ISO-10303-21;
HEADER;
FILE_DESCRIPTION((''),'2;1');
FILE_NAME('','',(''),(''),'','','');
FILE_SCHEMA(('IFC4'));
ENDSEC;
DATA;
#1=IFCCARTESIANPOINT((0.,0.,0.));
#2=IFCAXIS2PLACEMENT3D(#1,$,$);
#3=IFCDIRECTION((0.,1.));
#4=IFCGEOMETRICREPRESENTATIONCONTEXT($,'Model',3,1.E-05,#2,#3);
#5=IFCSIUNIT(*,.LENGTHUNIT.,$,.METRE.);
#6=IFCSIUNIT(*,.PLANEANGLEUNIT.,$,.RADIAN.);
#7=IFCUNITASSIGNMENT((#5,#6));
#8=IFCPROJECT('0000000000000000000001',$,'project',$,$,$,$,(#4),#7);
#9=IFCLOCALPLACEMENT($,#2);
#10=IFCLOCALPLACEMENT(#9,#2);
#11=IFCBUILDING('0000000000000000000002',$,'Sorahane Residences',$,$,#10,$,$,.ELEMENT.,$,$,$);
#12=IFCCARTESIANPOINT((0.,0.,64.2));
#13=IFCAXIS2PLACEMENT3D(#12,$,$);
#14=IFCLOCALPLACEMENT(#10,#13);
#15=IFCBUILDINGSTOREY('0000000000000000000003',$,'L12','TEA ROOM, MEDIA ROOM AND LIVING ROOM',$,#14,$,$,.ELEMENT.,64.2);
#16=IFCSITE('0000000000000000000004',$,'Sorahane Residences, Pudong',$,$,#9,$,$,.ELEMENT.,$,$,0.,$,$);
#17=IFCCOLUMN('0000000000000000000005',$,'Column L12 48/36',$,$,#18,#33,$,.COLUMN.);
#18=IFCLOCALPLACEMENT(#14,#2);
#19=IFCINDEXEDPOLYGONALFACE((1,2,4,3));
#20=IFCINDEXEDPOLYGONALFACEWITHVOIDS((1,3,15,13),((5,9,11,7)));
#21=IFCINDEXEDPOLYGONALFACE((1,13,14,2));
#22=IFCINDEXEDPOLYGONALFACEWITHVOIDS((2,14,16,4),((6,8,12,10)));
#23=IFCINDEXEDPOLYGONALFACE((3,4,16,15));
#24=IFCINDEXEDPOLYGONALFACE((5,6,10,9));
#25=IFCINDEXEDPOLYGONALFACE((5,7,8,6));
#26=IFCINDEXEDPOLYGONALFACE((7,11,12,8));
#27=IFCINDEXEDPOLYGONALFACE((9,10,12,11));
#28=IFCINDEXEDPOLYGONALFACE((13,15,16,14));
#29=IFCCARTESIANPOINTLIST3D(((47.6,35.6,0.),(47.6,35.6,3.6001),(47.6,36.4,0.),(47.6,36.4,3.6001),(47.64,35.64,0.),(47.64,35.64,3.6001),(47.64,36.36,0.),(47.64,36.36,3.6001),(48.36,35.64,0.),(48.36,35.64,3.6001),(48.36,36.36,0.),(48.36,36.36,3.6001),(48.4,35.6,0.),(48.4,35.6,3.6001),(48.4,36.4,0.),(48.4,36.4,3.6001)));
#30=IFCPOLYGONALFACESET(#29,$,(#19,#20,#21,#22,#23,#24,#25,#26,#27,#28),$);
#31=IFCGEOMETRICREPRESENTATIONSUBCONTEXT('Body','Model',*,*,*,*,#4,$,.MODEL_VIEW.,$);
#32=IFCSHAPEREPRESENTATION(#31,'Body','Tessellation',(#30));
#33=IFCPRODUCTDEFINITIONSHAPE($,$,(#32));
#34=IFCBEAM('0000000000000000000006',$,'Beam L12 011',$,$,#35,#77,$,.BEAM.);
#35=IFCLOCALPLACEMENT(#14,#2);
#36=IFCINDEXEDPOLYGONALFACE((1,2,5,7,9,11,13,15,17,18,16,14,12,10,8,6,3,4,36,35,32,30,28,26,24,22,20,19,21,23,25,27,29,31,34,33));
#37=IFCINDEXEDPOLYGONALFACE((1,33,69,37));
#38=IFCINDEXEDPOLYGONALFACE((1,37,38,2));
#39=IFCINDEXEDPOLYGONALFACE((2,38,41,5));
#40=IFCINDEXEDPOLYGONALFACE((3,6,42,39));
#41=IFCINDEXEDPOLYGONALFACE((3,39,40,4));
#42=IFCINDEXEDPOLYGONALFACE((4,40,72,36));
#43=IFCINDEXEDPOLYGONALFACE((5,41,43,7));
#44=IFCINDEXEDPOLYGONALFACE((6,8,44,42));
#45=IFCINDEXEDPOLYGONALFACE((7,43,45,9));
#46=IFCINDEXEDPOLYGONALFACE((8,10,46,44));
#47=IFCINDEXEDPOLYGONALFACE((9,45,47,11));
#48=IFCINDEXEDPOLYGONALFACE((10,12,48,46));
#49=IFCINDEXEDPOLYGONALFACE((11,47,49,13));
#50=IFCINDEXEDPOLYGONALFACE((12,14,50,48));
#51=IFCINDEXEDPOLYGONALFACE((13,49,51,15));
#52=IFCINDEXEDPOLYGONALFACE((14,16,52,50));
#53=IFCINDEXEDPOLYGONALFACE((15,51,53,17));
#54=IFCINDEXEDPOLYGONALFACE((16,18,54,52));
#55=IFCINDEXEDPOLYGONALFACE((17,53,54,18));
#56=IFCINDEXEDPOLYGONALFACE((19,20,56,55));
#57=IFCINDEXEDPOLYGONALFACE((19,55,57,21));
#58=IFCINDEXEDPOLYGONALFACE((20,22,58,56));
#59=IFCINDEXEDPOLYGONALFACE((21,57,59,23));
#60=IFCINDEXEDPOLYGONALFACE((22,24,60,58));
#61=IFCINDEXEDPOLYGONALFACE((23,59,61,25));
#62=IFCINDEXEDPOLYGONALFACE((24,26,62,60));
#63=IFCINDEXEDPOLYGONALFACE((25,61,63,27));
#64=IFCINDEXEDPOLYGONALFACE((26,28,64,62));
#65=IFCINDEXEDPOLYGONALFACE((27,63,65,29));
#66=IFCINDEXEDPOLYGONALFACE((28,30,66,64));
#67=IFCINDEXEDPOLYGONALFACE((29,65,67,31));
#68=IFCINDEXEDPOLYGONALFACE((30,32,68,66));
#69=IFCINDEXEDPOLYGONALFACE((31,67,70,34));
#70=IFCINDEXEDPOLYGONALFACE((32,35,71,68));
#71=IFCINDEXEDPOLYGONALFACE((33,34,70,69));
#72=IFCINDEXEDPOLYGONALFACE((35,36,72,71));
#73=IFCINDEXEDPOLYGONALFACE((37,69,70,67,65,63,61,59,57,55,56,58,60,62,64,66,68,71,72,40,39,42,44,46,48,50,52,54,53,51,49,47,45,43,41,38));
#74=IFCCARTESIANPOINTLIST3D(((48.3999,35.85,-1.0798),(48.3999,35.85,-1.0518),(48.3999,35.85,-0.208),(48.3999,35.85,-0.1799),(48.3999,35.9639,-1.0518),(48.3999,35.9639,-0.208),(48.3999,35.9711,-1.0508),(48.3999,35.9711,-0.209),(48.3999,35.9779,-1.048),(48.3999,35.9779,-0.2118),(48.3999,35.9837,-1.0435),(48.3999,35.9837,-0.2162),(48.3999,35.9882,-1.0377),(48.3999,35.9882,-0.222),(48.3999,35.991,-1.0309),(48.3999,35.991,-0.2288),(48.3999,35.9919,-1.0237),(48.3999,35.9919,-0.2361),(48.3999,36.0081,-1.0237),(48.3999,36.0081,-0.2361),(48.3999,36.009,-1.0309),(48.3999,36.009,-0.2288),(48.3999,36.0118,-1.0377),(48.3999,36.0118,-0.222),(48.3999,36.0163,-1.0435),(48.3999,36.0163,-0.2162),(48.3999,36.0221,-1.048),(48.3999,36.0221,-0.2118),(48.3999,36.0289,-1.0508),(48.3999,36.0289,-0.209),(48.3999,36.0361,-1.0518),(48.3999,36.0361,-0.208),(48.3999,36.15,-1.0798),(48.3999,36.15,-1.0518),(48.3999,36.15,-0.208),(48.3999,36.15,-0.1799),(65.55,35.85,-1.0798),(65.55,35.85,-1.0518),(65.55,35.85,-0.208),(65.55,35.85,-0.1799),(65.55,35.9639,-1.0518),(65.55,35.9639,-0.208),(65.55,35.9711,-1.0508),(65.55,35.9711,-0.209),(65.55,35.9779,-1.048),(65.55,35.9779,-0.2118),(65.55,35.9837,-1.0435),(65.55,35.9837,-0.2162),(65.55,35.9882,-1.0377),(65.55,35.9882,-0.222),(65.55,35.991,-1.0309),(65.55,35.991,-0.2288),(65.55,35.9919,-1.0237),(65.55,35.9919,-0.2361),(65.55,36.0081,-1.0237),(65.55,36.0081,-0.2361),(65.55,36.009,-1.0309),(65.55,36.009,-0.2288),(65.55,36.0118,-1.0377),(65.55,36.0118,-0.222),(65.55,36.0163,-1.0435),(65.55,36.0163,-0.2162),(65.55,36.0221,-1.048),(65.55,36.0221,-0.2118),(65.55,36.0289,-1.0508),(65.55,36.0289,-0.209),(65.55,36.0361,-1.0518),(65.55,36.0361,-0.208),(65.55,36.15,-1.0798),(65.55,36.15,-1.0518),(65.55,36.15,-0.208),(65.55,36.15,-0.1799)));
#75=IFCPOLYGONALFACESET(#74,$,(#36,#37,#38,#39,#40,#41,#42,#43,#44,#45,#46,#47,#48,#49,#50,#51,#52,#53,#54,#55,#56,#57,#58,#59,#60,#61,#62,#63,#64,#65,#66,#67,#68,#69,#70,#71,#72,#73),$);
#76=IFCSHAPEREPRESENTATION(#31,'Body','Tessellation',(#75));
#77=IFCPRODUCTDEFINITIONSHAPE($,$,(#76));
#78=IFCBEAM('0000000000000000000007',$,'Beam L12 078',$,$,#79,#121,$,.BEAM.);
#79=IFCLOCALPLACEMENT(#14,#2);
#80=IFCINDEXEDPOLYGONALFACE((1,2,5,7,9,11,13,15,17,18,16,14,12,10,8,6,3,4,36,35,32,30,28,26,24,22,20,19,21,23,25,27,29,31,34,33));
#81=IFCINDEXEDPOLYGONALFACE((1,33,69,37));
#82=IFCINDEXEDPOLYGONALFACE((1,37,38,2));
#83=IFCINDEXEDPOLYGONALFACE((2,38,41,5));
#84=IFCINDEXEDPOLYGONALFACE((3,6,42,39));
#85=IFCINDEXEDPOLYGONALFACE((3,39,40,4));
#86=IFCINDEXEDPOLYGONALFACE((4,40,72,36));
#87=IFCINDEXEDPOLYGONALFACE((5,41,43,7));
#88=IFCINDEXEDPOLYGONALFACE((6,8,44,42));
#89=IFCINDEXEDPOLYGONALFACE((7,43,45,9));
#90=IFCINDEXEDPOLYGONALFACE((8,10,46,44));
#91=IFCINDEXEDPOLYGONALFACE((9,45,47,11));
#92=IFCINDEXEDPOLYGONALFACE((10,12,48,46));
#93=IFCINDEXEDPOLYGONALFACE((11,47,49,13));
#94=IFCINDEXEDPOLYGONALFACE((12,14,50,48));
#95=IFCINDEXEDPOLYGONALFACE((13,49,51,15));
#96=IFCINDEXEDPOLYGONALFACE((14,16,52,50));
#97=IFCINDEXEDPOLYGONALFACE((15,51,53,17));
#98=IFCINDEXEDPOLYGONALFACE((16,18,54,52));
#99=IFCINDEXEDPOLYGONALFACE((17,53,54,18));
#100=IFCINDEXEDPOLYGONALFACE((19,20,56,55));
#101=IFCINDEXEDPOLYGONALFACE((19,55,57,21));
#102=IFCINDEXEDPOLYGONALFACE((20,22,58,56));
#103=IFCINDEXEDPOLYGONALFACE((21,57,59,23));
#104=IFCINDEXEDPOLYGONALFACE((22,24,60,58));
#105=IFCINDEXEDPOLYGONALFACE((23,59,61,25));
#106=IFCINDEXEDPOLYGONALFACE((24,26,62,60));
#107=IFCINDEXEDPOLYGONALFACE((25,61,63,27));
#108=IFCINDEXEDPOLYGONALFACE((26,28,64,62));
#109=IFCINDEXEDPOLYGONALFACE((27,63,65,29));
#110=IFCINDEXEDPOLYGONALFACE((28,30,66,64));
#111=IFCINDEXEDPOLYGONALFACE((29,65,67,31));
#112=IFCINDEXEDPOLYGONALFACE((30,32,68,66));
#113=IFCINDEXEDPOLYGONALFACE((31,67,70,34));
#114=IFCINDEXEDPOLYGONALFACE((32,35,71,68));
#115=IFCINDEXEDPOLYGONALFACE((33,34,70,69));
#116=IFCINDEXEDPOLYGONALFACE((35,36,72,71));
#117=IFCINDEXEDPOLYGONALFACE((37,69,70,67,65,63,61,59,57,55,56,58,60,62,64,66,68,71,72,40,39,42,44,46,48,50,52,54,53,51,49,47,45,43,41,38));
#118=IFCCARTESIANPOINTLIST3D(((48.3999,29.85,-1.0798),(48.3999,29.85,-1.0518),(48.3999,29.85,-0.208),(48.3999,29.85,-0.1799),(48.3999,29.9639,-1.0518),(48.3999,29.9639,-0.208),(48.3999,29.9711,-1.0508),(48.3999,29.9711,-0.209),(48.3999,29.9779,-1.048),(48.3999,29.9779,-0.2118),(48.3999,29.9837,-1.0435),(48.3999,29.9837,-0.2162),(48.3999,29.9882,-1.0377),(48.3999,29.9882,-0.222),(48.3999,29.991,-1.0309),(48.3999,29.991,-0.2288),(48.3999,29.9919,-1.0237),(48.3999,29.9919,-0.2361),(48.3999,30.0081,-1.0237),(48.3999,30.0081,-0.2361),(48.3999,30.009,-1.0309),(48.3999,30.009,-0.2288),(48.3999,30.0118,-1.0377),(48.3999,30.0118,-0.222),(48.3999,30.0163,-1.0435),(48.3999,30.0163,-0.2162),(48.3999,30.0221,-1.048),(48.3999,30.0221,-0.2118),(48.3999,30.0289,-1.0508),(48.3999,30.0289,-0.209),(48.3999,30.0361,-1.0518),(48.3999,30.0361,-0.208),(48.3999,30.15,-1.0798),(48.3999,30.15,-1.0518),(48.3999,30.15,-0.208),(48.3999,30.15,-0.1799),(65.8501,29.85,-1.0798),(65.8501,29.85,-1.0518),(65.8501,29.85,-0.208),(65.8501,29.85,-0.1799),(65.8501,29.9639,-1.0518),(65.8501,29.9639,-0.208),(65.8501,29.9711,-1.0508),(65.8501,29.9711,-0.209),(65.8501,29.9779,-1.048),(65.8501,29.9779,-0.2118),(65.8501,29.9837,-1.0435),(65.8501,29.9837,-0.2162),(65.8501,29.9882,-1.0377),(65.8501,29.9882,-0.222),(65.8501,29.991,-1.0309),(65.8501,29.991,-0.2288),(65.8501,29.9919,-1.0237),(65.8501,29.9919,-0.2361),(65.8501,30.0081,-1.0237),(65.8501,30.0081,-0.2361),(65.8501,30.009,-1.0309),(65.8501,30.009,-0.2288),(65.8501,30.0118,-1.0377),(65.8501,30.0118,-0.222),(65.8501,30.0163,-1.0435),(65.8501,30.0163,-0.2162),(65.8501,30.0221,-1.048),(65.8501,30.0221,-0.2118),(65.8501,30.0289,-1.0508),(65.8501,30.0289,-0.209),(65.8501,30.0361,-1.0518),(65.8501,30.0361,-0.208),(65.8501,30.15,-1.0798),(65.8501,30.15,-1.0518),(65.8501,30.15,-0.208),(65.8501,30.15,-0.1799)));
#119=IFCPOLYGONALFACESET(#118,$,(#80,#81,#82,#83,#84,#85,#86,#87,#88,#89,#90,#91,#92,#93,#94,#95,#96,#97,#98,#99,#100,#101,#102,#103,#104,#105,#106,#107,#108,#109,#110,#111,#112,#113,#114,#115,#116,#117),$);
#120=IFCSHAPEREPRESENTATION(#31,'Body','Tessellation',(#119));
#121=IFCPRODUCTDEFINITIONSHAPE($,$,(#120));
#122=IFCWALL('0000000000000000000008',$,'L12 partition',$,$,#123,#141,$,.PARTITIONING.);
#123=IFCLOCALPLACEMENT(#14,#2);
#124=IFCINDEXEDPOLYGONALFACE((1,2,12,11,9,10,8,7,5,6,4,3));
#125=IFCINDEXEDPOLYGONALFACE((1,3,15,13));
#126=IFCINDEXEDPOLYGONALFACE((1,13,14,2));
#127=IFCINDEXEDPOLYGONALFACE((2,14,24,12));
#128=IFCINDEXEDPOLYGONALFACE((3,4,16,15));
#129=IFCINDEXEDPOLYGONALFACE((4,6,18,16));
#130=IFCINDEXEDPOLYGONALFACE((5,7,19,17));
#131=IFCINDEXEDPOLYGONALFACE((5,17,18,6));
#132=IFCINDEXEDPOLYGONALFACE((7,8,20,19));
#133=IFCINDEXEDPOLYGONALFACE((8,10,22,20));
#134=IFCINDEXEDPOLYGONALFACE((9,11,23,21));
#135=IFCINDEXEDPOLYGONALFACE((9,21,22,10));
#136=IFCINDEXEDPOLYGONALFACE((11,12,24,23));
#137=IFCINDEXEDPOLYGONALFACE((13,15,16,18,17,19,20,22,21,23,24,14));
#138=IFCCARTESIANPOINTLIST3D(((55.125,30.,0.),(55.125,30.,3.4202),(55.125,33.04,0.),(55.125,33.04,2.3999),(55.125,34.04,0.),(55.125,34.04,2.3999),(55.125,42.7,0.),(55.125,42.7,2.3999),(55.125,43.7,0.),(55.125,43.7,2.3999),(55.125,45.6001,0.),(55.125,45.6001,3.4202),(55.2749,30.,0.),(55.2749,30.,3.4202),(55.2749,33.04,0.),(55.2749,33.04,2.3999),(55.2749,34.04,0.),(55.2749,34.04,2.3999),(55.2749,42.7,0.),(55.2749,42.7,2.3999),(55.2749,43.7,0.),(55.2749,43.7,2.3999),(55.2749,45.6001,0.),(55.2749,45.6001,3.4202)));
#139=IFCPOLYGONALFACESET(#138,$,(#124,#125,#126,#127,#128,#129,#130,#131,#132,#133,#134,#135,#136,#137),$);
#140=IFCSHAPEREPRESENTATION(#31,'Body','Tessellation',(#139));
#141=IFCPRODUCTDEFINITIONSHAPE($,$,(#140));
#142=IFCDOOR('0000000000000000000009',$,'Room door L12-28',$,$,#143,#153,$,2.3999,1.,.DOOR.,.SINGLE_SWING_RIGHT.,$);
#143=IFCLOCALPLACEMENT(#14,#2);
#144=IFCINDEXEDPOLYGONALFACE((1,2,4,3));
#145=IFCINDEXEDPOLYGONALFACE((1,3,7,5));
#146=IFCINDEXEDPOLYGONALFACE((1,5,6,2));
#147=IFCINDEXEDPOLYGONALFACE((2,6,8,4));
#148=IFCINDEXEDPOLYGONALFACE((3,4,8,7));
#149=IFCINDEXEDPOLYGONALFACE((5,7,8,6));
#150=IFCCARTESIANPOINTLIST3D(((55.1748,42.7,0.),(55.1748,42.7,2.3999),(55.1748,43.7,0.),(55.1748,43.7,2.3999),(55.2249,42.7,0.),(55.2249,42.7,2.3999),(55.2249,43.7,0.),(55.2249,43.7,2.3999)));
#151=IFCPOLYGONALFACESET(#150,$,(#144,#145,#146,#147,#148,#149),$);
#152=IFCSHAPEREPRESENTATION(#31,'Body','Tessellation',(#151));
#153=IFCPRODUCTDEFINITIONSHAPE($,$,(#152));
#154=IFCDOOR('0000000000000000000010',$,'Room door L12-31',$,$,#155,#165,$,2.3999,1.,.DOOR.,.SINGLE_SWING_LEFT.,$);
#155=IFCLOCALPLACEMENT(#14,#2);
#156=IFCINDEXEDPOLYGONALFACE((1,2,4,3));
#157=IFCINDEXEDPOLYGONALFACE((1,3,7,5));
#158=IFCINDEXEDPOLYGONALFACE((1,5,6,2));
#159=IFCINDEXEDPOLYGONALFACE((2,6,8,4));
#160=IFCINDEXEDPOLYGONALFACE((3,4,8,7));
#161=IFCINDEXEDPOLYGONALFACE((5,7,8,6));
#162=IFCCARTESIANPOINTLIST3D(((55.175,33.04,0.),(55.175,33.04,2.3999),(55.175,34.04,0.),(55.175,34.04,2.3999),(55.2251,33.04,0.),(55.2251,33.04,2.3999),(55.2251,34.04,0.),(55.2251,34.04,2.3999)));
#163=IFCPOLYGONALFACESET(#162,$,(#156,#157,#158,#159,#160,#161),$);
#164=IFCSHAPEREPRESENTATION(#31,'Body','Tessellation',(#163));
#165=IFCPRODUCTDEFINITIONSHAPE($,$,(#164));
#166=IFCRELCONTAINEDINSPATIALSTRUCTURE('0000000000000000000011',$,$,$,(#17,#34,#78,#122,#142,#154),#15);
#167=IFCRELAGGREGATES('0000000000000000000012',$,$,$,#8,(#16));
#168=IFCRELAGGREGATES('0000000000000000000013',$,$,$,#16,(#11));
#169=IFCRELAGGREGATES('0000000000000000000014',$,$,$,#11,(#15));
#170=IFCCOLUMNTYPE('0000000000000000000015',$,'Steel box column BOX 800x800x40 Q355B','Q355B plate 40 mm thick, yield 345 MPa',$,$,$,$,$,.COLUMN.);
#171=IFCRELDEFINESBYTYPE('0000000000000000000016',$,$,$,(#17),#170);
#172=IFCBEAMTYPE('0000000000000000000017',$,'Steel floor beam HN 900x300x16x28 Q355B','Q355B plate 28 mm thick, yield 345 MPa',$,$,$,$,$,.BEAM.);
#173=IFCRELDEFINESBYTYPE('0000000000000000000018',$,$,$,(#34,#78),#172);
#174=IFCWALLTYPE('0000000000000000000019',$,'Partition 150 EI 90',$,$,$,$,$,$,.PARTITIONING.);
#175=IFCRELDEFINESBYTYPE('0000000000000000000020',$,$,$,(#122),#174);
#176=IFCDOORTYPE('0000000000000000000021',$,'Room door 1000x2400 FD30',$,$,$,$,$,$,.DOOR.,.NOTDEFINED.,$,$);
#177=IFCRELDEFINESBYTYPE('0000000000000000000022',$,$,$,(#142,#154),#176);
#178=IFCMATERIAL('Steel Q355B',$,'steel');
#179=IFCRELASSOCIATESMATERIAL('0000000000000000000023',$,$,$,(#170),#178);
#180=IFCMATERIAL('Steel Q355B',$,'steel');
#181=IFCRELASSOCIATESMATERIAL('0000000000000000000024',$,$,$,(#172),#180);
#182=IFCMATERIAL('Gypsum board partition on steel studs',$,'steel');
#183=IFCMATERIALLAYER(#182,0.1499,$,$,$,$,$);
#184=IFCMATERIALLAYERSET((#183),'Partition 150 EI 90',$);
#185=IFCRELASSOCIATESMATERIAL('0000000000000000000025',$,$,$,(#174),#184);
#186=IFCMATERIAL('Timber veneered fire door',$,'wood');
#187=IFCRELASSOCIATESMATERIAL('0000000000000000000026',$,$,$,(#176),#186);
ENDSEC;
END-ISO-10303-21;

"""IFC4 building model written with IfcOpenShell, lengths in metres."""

from ifc_helpers import new_model, si_unit, direction, frame, frame_2d, origin, origin_2d, place, context, subcontext, project, spatial, rectangle, hollow_rectangle, i_section, extrude, material, layer, layer_set, material_profile, profile_set, type_object, element, fill, save


model = new_model("IFC4")

# Units and contexts
model_context = context("Model", 3, precision=1e-05, world=origin(), true_north=direction((0.0, 1.0)))
body_context = subcontext(model_context, "Body", "Model", "MODEL_VIEW")
ifc_project = project(units=[si_unit("LENGTHUNIT", "METRE"), si_unit("PLANEANGLEUNIT", "RADIAN")], contexts=[model_context])

# Site, building, storey
site_placement = place(None, origin())
site = spatial("IfcSite", under=ifc_project, at=site_placement, Name="Sorahane Residences, Pudong", CompositionType="ELEMENT", RefElevation=0.0)
building_placement = place(site_placement, origin())
building = spatial("IfcBuilding", under=site, at=building_placement, Name="Sorahane Residences", CompositionType="ELEMENT")
storey_placement = place(building_placement, frame((0.0, 0.0, 64.2)))
storey = spatial("IfcBuildingStorey", under=building, at=storey_placement, Name="L12", Description="TEA ROOM, MEDIA ROOM AND LIVING ROOM", CompositionType="ELEMENT", Elevation=64.2)

# Column
ifc_material_1 = material(Name="Steel Q355B", Category="steel")
ifc_material_profile_1 = material_profile(ifc_material_1, hollow_rectangle(XDim=0.8, YDim=0.8, WallThickness=0.04, at=origin_2d()), Name="BOX 800x800x40")
ifc_profile_set_1 = profile_set([ifc_material_profile_1], Name="Steel Q355B")
column_type = type_object("IfcColumnType", Name="Steel box column BOX 800x800x40 Q355B", Description="Q355B plate 40 mm thick, yield 345 MPa", PredefinedType="COLUMN", material=ifc_profile_set_1)
column_placement = place(storey_placement, frame((48.0, 36.0, 0.0), z_axis=(0.0, 0.0, 1.0), x_axis=(1.0, 0.0, 0.0)))
element("IfcColumn", 1, at=column_placement, inside=storey, type_object=column_type, Name="Column L12 48/36", PredefinedType="COLUMN", context=body_context, shape_type="SweptSolid", body=[
    extrude(hollow_rectangle(XDim=0.8, YDim=0.8, WallThickness=0.04, at=origin_2d()), origin(), (0.0, 0.0, 1.0), 3.6001),
])

# Beams
ifc_material_2 = material(Name="Steel Q355B", Category="steel")
ifc_material_profile_2 = material_profile(ifc_material_2, i_section(OverallWidth=0.3, OverallDepth=0.8999, WebThickness=0.0161, FlangeThickness=0.0281, FilletRadius=0.0281, at=origin_2d()), Name="HN 900x300x16x28")
ifc_profile_set_2 = profile_set([ifc_material_profile_2], Name="Steel Q355B")
beam_type = type_object("IfcBeamType", Name="Steel floor beam HN 900x300x16x28 Q355B", Description="Q355B plate 28 mm thick, yield 345 MPa", PredefinedType="BEAM", material=ifc_profile_set_2)
beam_1_placement = place(storey_placement, frame((48.3999, 36.0, -0.6299), z_axis=(1.0, 0.0, 0.0), x_axis=(0.0, 1.0, 0.0)))
element("IfcBeam", 2, at=beam_1_placement, inside=storey, type_object=beam_type, Name="Beam L12 011", PredefinedType="BEAM", context=body_context, shape_type="SweptSolid", body=[
    extrude(i_section(OverallWidth=0.3, OverallDepth=0.8999, WebThickness=0.0161, FlangeThickness=0.0281, FilletRadius=0.0281, at=origin_2d()), origin(), (0.0, 0.0, 1.0), 17.1501),
])
beam_2_placement = place(storey_placement, frame((48.3999, 30.0, -0.6299), z_axis=(1.0, 0.0, 0.0), x_axis=(0.0, 1.0, 0.0)))
element("IfcBeam", 3, at=beam_2_placement, inside=storey, type_object=beam_type, Name="Beam L12 078", PredefinedType="BEAM", context=body_context, shape_type="SweptSolid", body=[
    extrude(i_section(OverallWidth=0.3, OverallDepth=0.8999, WebThickness=0.0161, FlangeThickness=0.0281, FilletRadius=0.0281, at=origin_2d()), origin(), (0.0, 0.0, 1.0), 17.4502),
])

# Wall, openings, doors
ifc_material_3 = material(Name="Gypsum board partition on steel studs", Category="steel")
ifc_layer_1 = layer(ifc_material_3, 0.1499)
ifc_layer_set_1 = layer_set([ifc_layer_1], Name="Partition 150 EI 90")
wall_type_1 = type_object("IfcWallType", Name="Partition 150 EI 90", PredefinedType="PARTITIONING", material=ifc_layer_set_1)
wall_1_placement = place(storey_placement, frame((55.2, 30.0, 0.0), z_axis=(0.0, 0.0, 1.0), x_axis=(0.0, 1.0, 0.0)))
wall_1 = element("IfcWall", 4, at=wall_1_placement, inside=storey, type_object=wall_type_1, Name="L12 partition", PredefinedType="PARTITIONING", context=body_context, shape_type="SweptSolid", body=[
    extrude(rectangle(XDim=15.6001, YDim=0.1499, at=frame_2d((7.8, 0.0))), origin(), (0.0, 0.0, 1.0), 3.4202),
])
opening_1_placement = place(wall_1_placement, frame((12.7, 0.0, 0.0)))
opening_1 = element("IfcOpeningElement", 5, at=opening_1_placement, cuts=wall_1, PredefinedType="OPENING", context=body_context, shape_type="SweptSolid", body=[
    extrude(rectangle(XDim=1.0, YDim=2.3999, at=frame_2d((0.5, 1.2))), frame((0.0, 0.085, 0.0), z_axis=(0.0, -1.0, 0.0), x_axis=(1.0, 0.0, 0.0)), (0.0, 0.0, 1.0), 0.1699),
])
opening_2_placement = place(wall_1_placement, frame((3.04, 0.0, 0.0)))
opening_2 = element("IfcOpeningElement", 6, at=opening_2_placement, cuts=wall_1, PredefinedType="OPENING", context=body_context, shape_type="SweptSolid", body=[
    extrude(rectangle(XDim=1.0, YDim=2.3999, at=frame_2d((0.5, 1.2))), frame((0.0, 0.085, 0.0), z_axis=(0.0, -1.0, 0.0), x_axis=(1.0, 0.0, 0.0)), (0.0, 0.0, 1.0), 0.1699),
])
ifc_material_4 = material(Name="Timber veneered fire door", Category="wood")
door_type_1 = type_object("IfcDoorType", Name="Room door 1000x2400 FD30", OperationType="NOTDEFINED", PredefinedType="DOOR", material=ifc_material_4)
door_1_placement = place(opening_1_placement, frame((1.0, 0.0, 0.0), z_axis=(0.0, 0.0, 1.0), x_axis=(-1.0, 0.0, 0.0)))
door_1 = element("IfcDoor", 7, at=door_1_placement, inside=storey, type_object=door_type_1, Name="Room door L12-28", OperationType="SINGLE_SWING_RIGHT", OverallHeight=2.3999, OverallWidth=1.0, PredefinedType="DOOR", context=body_context, shape_type="SweptSolid", body=[
    extrude(rectangle(XDim=1.0, YDim=2.3999, at=frame_2d((0.5, 1.2))), frame((0.0, 0.0249, 0.0), z_axis=(0.0, -1.0, 0.0), x_axis=(1.0, 0.0, 0.0)), (0.0, 0.0, 1.0), 0.05),
])
fill(opening_1, door_1)
door_2_placement = place(opening_2_placement, origin())
door_2 = element("IfcDoor", 8, at=door_2_placement, inside=storey, type_object=door_type_1, Name="Room door L12-31", OperationType="SINGLE_SWING_LEFT", OverallHeight=2.3999, OverallWidth=1.0, PredefinedType="DOOR", context=body_context, shape_type="SweptSolid", body=[
    extrude(rectangle(XDim=1.0, YDim=2.3999, at=frame_2d((0.5, 1.2))), frame((0.0, 0.0249, 0.0), z_axis=(0.0, -1.0, 0.0), x_axis=(1.0, 0.0, 0.0)), (0.0, 0.0, 1.0), 0.05),
])
fill(opening_2, door_2)

save(model, "model.ifc")
